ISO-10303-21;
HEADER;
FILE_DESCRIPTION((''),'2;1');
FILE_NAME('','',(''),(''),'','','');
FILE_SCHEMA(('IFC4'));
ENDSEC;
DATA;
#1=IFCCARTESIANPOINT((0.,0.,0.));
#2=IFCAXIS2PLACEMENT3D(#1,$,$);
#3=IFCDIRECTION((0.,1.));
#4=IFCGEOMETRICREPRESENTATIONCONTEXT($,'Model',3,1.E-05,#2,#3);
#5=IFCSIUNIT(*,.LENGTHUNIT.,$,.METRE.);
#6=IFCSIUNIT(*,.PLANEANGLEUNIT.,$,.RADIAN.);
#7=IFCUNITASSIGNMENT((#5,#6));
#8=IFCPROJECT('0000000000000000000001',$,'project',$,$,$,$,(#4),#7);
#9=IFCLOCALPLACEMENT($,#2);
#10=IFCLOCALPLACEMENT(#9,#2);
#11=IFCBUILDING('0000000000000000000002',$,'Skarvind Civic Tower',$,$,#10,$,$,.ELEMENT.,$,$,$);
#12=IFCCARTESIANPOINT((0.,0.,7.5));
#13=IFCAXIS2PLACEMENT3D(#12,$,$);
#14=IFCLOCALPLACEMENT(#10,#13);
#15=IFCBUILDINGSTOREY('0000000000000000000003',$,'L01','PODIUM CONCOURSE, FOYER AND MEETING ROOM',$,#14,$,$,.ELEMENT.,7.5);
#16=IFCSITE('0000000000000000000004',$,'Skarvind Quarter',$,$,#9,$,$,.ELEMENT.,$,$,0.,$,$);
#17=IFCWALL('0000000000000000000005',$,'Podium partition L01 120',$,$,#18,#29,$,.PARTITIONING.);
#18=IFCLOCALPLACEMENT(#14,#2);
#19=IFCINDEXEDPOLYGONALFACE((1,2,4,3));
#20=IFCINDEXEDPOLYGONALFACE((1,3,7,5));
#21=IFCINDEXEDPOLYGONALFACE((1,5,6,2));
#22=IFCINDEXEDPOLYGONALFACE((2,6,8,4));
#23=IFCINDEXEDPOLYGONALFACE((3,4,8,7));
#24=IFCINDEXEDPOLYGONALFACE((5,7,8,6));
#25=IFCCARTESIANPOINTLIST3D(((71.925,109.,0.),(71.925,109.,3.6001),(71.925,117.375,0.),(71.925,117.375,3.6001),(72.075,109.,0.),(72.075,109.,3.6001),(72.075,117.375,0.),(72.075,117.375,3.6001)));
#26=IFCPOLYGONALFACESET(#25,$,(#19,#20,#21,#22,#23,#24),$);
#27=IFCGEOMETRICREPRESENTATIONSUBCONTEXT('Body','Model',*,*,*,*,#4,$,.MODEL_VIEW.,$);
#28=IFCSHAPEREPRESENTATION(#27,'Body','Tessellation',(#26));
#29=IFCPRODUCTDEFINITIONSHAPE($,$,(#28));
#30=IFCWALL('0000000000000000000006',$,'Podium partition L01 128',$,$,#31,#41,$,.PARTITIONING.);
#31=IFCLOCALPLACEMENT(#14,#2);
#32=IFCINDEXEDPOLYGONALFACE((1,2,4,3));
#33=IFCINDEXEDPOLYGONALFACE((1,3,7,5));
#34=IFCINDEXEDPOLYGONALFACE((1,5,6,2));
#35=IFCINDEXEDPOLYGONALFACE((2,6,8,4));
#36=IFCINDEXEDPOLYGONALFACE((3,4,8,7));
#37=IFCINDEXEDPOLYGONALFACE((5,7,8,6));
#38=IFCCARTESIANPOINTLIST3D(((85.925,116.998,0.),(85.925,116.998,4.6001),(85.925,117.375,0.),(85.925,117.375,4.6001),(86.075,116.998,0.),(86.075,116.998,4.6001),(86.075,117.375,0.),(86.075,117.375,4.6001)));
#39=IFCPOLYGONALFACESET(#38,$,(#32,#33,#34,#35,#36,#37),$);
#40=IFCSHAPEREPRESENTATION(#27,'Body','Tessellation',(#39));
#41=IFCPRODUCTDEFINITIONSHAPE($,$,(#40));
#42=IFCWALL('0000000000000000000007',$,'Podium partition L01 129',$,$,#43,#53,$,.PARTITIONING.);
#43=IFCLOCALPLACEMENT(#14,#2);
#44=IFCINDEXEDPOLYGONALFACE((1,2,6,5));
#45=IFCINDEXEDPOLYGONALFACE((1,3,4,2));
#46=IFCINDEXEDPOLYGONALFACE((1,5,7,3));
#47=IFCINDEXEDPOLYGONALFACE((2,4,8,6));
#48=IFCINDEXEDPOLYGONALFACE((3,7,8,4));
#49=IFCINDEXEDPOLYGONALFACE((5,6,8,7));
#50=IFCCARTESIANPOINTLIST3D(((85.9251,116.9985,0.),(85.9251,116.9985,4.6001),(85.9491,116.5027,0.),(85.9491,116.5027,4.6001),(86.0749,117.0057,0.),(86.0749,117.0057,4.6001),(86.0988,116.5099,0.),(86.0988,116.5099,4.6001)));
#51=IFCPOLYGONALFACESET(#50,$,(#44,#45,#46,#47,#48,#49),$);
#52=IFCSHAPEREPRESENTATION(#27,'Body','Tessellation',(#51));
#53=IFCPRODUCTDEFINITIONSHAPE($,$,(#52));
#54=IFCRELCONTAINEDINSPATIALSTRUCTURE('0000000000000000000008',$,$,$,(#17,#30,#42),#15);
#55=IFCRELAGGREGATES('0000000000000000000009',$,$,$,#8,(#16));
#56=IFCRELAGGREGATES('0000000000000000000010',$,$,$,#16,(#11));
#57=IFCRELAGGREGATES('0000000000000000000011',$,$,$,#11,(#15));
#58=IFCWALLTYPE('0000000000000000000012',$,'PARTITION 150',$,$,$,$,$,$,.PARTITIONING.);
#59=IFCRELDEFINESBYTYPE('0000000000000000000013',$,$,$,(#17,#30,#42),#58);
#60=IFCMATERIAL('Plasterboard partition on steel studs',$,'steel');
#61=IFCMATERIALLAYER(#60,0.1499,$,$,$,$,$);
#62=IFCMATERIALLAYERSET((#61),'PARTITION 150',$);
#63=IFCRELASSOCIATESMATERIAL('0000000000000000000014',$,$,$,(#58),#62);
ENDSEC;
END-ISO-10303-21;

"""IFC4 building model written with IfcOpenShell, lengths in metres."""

from ifc_helpers import new_model, si_unit, direction, frame, frame_2d, origin, place, context, subcontext, project, spatial, rectangle, extrude, material, layer, layer_set, type_object, element, save


model = new_model("IFC4")

# Units and contexts
model_context = context("Model", 3, precision=1e-05, world=origin(), true_north=direction((0.0, 1.0)))
body_context = subcontext(model_context, "Body", "Model", "MODEL_VIEW")
ifc_project = project(units=[si_unit("LENGTHUNIT", "METRE"), si_unit("PLANEANGLEUNIT", "RADIAN")], contexts=[model_context])

# Site, building, storey
site_placement = place(None, origin())
site = spatial("IfcSite", under=ifc_project, at=site_placement, Name="Skarvind Quarter", CompositionType="ELEMENT", RefElevation=0.0)
building_placement = place(site_placement, origin())
building = spatial("IfcBuilding", under=site, at=building_placement, Name="Skarvind Civic Tower", CompositionType="ELEMENT")
storey_placement = place(building_placement, frame((0.0, 0.0, 7.5)))
storey = spatial("IfcBuildingStorey", under=building, at=storey_placement, Name="L01", Description="PODIUM CONCOURSE, FOYER AND MEETING ROOM", CompositionType="ELEMENT", Elevation=7.5)

# Walls
ifc_material_1 = material(Name="Plasterboard partition on steel studs", Category="steel")
ifc_layer_1 = layer(ifc_material_1, 0.1499)
ifc_layer_set_1 = layer_set([ifc_layer_1], Name="PARTITION 150")
wall_type_1 = type_object("IfcWallType", Name="PARTITION 150", PredefinedType="PARTITIONING", material=ifc_layer_set_1)
wall_1_placement = place(storey_placement, frame((72.0, 109.0, 0.0), z_axis=(0.0, 0.0, 1.0), x_axis=(0.0, 1.0, 0.0)))
element("IfcWall", 1, at=wall_1_placement, inside=storey, type_object=wall_type_1, Name="Podium partition L01 120", PredefinedType="PARTITIONING", context=body_context, shape_type="SweptSolid", body=[
    extrude(rectangle(XDim=8.375, YDim=0.1499, at=frame_2d((4.1875, 0.0))), origin(), (0.0, 0.0, 1.0), 3.6001),
])
wall_2_placement = place(storey_placement, frame((86.0, 116.998, 0.0), z_axis=(0.0, 0.0, 1.0), x_axis=(0.0, 1.0, 0.0)))
element("IfcWall", 2, at=wall_2_placement, inside=storey, type_object=wall_type_1, Name="Podium partition L01 128", PredefinedType="PARTITIONING", context=body_context, shape_type="SweptSolid", body=[
    extrude(rectangle(XDim=0.377, YDim=0.1499, at=frame_2d((0.1885, 0.0))), origin(), (0.0, 0.0, 1.0), 4.6001),
])
wall_3_placement = place(storey_placement, frame((86.0, 117.002, 0.0), z_axis=(0.0, 0.0, 1.0), x_axis=(0.048196, -0.998838, 0.0)))
element("IfcWall", 3, at=wall_3_placement, inside=storey, type_object=wall_type_1, Name="Podium partition L01 129", PredefinedType="PARTITIONING", context=body_context, shape_type="SweptSolid", body=[
    extrude(rectangle(XDim=0.4963, YDim=0.1499, at=frame_2d((0.248, 0.0))), origin(), (0.0, 0.0, 1.0), 4.6001),
])

save(model, "model.ifc")
